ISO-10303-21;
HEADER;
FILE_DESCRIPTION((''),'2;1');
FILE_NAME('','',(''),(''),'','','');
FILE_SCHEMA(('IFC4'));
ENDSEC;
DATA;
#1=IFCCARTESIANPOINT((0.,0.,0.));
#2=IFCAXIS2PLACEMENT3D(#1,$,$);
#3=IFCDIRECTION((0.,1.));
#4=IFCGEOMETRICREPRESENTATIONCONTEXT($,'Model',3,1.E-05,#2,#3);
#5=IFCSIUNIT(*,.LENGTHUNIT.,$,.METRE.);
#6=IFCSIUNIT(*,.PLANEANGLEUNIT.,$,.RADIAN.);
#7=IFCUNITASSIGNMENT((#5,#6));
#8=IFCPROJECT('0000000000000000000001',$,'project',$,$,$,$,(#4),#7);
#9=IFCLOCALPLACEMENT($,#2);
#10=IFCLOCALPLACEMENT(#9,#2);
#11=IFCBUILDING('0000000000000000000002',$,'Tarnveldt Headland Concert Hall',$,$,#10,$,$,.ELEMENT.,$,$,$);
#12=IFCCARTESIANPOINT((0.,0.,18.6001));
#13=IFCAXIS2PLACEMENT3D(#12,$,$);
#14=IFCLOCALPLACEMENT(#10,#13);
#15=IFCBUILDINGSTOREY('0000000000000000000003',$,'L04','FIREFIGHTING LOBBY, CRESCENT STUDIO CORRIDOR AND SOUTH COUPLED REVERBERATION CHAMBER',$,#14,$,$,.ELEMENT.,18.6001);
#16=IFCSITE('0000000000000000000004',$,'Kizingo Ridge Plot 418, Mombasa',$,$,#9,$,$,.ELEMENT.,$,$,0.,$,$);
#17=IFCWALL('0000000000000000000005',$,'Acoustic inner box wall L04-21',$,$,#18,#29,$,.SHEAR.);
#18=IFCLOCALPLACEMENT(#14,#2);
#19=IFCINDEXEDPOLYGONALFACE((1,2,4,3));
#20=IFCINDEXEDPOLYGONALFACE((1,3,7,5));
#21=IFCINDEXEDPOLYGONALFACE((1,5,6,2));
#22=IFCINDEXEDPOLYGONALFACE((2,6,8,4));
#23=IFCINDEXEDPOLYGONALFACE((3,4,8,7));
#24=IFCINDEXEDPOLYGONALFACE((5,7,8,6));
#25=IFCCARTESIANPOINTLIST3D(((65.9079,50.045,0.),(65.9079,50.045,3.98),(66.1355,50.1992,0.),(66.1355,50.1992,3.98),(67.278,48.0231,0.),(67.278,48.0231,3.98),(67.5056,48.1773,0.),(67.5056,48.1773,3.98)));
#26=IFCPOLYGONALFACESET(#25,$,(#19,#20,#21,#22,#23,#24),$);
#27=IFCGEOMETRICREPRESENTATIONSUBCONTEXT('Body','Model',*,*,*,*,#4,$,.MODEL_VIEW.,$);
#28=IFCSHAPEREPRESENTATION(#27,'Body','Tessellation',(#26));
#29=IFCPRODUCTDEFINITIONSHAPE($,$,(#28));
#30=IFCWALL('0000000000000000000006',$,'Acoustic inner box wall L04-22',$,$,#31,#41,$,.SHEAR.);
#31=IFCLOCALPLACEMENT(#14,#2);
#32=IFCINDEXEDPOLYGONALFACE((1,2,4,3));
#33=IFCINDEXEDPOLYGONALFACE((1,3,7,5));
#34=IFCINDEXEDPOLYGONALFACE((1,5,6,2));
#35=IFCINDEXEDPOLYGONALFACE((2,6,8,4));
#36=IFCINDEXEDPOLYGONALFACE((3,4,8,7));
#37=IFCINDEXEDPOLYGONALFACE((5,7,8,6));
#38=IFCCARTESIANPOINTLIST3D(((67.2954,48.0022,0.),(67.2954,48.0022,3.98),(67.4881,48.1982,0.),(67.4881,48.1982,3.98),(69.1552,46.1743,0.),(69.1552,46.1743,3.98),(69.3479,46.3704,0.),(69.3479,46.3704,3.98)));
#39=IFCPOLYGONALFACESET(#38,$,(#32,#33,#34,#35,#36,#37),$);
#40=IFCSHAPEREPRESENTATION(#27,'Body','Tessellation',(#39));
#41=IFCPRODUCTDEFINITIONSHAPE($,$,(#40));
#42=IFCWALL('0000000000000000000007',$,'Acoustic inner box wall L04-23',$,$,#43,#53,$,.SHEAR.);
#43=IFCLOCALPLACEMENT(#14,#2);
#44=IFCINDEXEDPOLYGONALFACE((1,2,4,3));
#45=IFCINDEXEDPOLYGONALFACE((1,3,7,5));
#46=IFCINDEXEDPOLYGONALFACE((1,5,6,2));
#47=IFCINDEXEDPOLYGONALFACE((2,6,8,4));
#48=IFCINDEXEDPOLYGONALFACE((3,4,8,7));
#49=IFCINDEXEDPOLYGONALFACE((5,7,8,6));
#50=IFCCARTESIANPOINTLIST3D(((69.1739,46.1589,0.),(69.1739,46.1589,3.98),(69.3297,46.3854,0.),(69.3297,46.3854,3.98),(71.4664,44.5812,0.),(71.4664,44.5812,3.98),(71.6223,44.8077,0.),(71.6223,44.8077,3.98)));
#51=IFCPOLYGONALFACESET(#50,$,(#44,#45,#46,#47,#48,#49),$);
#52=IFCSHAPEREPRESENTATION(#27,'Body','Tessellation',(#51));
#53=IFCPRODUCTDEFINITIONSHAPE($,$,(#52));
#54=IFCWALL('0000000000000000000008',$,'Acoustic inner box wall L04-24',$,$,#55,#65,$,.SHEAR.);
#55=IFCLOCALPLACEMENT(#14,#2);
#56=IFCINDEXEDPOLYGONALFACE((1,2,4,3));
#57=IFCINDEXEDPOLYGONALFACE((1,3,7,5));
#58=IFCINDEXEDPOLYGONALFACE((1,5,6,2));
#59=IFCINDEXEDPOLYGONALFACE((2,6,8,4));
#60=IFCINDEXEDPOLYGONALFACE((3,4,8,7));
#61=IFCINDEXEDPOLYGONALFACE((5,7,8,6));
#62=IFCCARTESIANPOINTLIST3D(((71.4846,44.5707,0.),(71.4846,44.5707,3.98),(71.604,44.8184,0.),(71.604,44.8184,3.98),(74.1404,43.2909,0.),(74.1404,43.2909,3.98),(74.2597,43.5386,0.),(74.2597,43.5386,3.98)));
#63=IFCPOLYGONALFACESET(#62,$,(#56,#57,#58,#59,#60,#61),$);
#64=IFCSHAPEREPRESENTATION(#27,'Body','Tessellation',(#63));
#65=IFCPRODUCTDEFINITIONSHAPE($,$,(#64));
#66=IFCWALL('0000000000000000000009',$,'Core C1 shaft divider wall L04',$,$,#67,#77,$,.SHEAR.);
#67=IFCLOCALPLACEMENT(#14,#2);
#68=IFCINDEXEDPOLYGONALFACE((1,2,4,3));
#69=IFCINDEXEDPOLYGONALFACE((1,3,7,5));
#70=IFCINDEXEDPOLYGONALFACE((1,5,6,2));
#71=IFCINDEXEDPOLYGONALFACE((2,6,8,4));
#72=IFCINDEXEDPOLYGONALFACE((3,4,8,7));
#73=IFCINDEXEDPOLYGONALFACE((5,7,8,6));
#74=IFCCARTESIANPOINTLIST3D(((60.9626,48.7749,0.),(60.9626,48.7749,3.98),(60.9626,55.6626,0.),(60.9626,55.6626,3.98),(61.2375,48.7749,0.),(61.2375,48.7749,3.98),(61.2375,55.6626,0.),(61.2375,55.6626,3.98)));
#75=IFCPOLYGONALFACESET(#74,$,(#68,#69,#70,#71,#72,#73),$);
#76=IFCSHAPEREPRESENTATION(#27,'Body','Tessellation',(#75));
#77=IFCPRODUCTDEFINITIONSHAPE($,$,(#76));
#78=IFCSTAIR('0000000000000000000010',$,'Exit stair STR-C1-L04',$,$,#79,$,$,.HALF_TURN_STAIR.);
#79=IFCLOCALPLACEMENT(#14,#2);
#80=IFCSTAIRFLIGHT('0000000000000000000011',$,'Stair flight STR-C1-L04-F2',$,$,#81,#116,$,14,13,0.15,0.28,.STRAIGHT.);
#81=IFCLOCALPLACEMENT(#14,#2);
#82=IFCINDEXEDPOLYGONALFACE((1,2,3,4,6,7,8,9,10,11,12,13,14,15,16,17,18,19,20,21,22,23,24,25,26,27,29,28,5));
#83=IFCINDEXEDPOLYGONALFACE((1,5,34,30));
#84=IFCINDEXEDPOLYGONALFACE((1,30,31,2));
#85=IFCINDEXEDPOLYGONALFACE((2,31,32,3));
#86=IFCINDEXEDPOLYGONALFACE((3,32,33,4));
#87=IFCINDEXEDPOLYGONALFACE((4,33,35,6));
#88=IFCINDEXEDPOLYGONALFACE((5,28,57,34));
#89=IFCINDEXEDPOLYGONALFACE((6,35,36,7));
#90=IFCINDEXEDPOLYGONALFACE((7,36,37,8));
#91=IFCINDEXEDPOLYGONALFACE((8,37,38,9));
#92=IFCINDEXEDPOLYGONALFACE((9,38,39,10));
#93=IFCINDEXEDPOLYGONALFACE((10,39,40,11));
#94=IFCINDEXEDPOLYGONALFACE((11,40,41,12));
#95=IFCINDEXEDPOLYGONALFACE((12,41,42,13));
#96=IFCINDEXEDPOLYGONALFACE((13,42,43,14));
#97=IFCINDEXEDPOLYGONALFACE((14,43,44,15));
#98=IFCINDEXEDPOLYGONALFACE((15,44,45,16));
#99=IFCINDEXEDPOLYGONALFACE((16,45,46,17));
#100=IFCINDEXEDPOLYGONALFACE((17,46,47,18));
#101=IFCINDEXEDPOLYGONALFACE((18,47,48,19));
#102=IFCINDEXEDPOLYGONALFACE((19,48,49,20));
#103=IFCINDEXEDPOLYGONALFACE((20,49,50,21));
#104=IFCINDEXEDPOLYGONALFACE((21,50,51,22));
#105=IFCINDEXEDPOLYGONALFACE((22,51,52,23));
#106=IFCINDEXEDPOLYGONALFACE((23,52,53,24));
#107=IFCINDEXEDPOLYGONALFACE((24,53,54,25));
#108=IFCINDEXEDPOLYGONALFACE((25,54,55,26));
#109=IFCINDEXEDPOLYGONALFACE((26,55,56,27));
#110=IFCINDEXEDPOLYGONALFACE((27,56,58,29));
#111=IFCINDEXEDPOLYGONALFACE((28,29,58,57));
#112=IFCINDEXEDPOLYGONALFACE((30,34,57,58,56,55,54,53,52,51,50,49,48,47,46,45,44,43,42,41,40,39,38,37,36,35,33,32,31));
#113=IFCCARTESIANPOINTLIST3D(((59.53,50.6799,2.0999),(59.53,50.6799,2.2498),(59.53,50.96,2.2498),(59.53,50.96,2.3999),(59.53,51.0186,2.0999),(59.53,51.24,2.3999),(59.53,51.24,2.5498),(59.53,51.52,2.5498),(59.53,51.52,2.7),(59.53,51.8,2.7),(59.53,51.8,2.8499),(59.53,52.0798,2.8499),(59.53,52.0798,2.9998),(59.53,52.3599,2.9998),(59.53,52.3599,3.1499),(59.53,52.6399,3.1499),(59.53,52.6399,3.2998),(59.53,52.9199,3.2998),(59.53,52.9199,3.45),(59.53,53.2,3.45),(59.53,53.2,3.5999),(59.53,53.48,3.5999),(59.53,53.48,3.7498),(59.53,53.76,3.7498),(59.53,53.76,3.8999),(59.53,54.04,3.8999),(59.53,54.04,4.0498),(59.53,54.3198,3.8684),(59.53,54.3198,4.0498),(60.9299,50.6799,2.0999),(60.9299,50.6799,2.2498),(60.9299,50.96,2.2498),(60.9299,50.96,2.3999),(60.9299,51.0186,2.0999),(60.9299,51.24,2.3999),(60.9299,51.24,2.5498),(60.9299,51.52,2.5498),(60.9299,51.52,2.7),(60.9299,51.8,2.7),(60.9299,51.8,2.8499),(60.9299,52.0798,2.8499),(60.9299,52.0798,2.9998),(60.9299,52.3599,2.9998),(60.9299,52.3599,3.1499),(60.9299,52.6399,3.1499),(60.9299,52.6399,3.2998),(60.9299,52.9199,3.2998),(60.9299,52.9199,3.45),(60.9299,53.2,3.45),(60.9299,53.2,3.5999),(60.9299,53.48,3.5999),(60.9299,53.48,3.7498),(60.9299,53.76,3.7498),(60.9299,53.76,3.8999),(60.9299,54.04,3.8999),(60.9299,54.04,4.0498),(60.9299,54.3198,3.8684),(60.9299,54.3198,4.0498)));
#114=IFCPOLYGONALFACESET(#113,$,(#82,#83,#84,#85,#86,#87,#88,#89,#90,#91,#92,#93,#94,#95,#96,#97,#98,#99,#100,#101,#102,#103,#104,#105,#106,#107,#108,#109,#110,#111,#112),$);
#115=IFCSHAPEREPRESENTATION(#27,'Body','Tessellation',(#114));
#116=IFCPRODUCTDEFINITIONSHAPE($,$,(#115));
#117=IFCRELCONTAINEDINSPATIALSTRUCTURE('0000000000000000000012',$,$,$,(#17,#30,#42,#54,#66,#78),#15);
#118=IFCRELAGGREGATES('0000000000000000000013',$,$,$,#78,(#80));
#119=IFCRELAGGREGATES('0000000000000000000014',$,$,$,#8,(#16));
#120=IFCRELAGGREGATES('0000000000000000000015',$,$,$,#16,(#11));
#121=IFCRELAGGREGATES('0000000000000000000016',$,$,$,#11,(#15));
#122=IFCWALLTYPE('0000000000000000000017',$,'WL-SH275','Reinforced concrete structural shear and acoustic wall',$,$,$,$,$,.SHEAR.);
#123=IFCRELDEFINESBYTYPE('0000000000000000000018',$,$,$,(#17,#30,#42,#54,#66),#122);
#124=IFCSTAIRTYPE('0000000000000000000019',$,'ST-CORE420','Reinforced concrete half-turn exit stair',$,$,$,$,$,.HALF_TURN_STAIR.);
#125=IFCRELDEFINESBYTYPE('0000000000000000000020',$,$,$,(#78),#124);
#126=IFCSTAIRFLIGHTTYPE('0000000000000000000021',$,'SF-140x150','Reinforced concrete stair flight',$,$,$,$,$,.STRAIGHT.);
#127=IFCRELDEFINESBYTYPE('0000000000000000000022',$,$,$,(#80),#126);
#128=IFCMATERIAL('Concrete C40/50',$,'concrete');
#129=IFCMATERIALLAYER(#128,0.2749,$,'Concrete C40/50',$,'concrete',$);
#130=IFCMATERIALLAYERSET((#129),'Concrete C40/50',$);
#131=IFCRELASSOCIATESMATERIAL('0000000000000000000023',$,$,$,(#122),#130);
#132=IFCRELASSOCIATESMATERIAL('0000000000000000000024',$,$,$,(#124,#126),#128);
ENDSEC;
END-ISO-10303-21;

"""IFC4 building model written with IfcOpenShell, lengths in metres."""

from ifc_helpers import new_model, si_unit, direction, frame, frame_2d, origin, place, context, subcontext, project, spatial, polyline, rectangle, outline, extrude, material, layer, layer_set, type_object, element, aggregate, save


model = new_model("IFC4")

# Units and contexts
model_context = context("Model", 3, precision=1e-05, world=origin(), true_north=direction((0.0, 1.0)))
body_context = subcontext(model_context, "Body", "Model", "MODEL_VIEW")
ifc_project = project(units=[si_unit("LENGTHUNIT", "METRE"), si_unit("PLANEANGLEUNIT", "RADIAN")], contexts=[model_context])

# Site, building, storey
site_placement = place(None, origin())
site = spatial("IfcSite", under=ifc_project, at=site_placement, Name="Kizingo Ridge Plot 418, Mombasa", CompositionType="ELEMENT", RefElevation=0.0)
building_placement = place(site_placement, origin())
building = spatial("IfcBuilding", under=site, at=building_placement, Name="Tarnveldt Headland Concert Hall", CompositionType="ELEMENT")
storey_placement = place(building_placement, frame((0.0, 0.0, 18.6001)))
storey = spatial("IfcBuildingStorey", under=building, at=storey_placement, Name="L04", Description="FIREFIGHTING LOBBY, CRESCENT STUDIO CORRIDOR AND SOUTH COUPLED REVERBERATION CHAMBER", CompositionType="ELEMENT", Elevation=18.6001)

# Shared definitions
ifc_material_1 = material(Name="Concrete C40/50", Category="concrete")

# Walls
ifc_layer_1 = layer(ifc_material_1, 0.2749, Name="Concrete C40/50", Category="concrete")
ifc_layer_set_1 = layer_set([ifc_layer_1], Name="Concrete C40/50")
wall_type_1 = type_object("IfcWallType", Name="WL-SH275", Description="Reinforced concrete structural shear and acoustic wall", PredefinedType="SHEAR", material=ifc_layer_set_1)
wall_1_placement = place(storey_placement, frame((66.0217, 50.1221, 0.0), z_axis=(0.0, 0.0, 1.0), x_axis=(0.560959, -0.827844, 0.0)))
element("IfcWall", 1, at=wall_1_placement, inside=storey, type_object=wall_type_1, Name="Acoustic inner box wall L04-21", PredefinedType="SHEAR", context=body_context, shape_type="SweptSolid", body=[
    extrude(rectangle(XDim=2.4424, YDim=0.2749, at=frame_2d((1.2212, 0.0))), origin(), (0.0, 0.0, 1.0), 3.98),
])
wall_2_placement = place(storey_placement, frame((67.3918, 48.1001, 0.0), z_axis=(0.0, 0.0, 1.0), x_axis=(0.713212, -0.700948, 0.0)))
element("IfcWall", 2, at=wall_2_placement, inside=storey, type_object=wall_type_1, Name="Acoustic inner box wall L04-22", PredefinedType="SHEAR", context=body_context, shape_type="SweptSolid", body=[
    extrude(rectangle(XDim=2.6077, YDim=0.2749, at=frame_2d((1.3037, 0.0))), origin(), (0.0, 0.0, 1.0), 3.98),
])
wall_3_placement = place(storey_placement, frame((69.2517, 46.2722, 0.0), z_axis=(0.0, 0.0, 1.0), x_axis=(0.823781, -0.566909, 0.0)))
element("IfcWall", 3, at=wall_3_placement, inside=storey, type_object=wall_type_1, Name="Acoustic inner box wall L04-23", PredefinedType="SHEAR", context=body_context, shape_type="SweptSolid", body=[
    extrude(rectangle(XDim=2.783, YDim=0.2749, at=frame_2d((1.3916, 0.0))), origin(), (0.0, 0.0, 1.0), 3.98),
])
wall_4_placement = place(storey_placement, frame((71.5442, 44.6946, 0.0), z_axis=(0.0, 0.0, 1.0), x_axis=(0.900858, -0.434114, 0.0)))
element("IfcWall", 4, at=wall_4_placement, inside=storey, type_object=wall_type_1, Name="Acoustic inner box wall L04-24", PredefinedType="SHEAR", context=body_context, shape_type="SweptSolid", body=[
    extrude(rectangle(XDim=2.948, YDim=0.2749, at=frame_2d((1.4741, 0.0))), origin(), (0.0, 0.0, 1.0), 3.98),
])
wall_5_placement = place(storey_placement, frame((61.1001, 48.7749, 0.0), z_axis=(0.0, 0.0, 1.0), x_axis=(0.0, 1.0, 0.0)))
element("IfcWall", 5, at=wall_5_placement, inside=storey, type_object=wall_type_1, Name="Core C1 shaft divider wall L04", PredefinedType="SHEAR", context=body_context, shape_type="SweptSolid", body=[
    extrude(rectangle(XDim=6.8877, YDim=0.2749, at=frame_2d((3.4438, 0.0))), origin(), (0.0, 0.0, 1.0), 3.98),
])

# Stair, stair flight
stair_type = type_object("IfcStairType", Name="ST-CORE420", Description="Reinforced concrete half-turn exit stair", PredefinedType="HALF_TURN_STAIR", material=ifc_material_1)
stair_placement = place(storey_placement, origin())
stair = element("IfcStair", 6, at=stair_placement, inside=storey, type_object=stair_type, Name="Exit stair STR-C1-L04", PredefinedType="HALF_TURN_STAIR")
stair_flight_type = type_object("IfcStairFlightType", Name="SF-140x150", Description="Reinforced concrete stair flight", PredefinedType="STRAIGHT", material=ifc_material_1)
stair_flight_placement = place(storey_placement, frame((60.23, 50.6799, 2.0999), z_axis=(0.0, 0.0, 1.0), x_axis=(0.0, 1.0, 0.0)))
stair_flight = element("IfcStairFlight", 7, at=stair_flight_placement, type_object=stair_flight_type, Name="Stair flight STR-C1-L04-F2", NumberOfRisers=14, NumberOfTreads=13, PredefinedType="STRAIGHT", RiserHeight=0.15, TreadLength=0.28, context=body_context, shape_type="SweptSolid", body=[
    extrude(outline(polyline([(0.0, 0.0), (0.0, 0.1499), (0.28, 0.1499), (0.28, 0.3), (0.5601, 0.3), (0.5601, 0.45), (0.8401, 0.45), (0.8401, 0.6001), (1.1201, 0.6001), (1.1201, 0.75), (1.3999, 0.75), (1.3999, 0.8999), (1.6799, 0.8999), (1.6799, 1.05), (1.96, 1.05), (1.96, 1.2), (2.24, 1.2), (2.24, 1.3501), (2.52, 1.3501), (2.52, 1.5), (2.8, 1.5), (2.8, 1.6499), (3.0801, 1.6499), (3.0801, 1.8), (3.3601, 1.8), (3.3601, 1.95), (3.6399, 1.95), (3.6399, 2.1001), (3.6399, 1.7686), (0.3386, 0.0), (0.0, 0.0)])), frame((0.0, 0.7, 0.0), z_axis=(0.0, -1.0, 0.0), x_axis=(1.0, 0.0, 0.0)), (0.0, 0.0, 1.0), 1.3999),
])
aggregate(stair, [stair_flight])

save(model, "model.ifc")
